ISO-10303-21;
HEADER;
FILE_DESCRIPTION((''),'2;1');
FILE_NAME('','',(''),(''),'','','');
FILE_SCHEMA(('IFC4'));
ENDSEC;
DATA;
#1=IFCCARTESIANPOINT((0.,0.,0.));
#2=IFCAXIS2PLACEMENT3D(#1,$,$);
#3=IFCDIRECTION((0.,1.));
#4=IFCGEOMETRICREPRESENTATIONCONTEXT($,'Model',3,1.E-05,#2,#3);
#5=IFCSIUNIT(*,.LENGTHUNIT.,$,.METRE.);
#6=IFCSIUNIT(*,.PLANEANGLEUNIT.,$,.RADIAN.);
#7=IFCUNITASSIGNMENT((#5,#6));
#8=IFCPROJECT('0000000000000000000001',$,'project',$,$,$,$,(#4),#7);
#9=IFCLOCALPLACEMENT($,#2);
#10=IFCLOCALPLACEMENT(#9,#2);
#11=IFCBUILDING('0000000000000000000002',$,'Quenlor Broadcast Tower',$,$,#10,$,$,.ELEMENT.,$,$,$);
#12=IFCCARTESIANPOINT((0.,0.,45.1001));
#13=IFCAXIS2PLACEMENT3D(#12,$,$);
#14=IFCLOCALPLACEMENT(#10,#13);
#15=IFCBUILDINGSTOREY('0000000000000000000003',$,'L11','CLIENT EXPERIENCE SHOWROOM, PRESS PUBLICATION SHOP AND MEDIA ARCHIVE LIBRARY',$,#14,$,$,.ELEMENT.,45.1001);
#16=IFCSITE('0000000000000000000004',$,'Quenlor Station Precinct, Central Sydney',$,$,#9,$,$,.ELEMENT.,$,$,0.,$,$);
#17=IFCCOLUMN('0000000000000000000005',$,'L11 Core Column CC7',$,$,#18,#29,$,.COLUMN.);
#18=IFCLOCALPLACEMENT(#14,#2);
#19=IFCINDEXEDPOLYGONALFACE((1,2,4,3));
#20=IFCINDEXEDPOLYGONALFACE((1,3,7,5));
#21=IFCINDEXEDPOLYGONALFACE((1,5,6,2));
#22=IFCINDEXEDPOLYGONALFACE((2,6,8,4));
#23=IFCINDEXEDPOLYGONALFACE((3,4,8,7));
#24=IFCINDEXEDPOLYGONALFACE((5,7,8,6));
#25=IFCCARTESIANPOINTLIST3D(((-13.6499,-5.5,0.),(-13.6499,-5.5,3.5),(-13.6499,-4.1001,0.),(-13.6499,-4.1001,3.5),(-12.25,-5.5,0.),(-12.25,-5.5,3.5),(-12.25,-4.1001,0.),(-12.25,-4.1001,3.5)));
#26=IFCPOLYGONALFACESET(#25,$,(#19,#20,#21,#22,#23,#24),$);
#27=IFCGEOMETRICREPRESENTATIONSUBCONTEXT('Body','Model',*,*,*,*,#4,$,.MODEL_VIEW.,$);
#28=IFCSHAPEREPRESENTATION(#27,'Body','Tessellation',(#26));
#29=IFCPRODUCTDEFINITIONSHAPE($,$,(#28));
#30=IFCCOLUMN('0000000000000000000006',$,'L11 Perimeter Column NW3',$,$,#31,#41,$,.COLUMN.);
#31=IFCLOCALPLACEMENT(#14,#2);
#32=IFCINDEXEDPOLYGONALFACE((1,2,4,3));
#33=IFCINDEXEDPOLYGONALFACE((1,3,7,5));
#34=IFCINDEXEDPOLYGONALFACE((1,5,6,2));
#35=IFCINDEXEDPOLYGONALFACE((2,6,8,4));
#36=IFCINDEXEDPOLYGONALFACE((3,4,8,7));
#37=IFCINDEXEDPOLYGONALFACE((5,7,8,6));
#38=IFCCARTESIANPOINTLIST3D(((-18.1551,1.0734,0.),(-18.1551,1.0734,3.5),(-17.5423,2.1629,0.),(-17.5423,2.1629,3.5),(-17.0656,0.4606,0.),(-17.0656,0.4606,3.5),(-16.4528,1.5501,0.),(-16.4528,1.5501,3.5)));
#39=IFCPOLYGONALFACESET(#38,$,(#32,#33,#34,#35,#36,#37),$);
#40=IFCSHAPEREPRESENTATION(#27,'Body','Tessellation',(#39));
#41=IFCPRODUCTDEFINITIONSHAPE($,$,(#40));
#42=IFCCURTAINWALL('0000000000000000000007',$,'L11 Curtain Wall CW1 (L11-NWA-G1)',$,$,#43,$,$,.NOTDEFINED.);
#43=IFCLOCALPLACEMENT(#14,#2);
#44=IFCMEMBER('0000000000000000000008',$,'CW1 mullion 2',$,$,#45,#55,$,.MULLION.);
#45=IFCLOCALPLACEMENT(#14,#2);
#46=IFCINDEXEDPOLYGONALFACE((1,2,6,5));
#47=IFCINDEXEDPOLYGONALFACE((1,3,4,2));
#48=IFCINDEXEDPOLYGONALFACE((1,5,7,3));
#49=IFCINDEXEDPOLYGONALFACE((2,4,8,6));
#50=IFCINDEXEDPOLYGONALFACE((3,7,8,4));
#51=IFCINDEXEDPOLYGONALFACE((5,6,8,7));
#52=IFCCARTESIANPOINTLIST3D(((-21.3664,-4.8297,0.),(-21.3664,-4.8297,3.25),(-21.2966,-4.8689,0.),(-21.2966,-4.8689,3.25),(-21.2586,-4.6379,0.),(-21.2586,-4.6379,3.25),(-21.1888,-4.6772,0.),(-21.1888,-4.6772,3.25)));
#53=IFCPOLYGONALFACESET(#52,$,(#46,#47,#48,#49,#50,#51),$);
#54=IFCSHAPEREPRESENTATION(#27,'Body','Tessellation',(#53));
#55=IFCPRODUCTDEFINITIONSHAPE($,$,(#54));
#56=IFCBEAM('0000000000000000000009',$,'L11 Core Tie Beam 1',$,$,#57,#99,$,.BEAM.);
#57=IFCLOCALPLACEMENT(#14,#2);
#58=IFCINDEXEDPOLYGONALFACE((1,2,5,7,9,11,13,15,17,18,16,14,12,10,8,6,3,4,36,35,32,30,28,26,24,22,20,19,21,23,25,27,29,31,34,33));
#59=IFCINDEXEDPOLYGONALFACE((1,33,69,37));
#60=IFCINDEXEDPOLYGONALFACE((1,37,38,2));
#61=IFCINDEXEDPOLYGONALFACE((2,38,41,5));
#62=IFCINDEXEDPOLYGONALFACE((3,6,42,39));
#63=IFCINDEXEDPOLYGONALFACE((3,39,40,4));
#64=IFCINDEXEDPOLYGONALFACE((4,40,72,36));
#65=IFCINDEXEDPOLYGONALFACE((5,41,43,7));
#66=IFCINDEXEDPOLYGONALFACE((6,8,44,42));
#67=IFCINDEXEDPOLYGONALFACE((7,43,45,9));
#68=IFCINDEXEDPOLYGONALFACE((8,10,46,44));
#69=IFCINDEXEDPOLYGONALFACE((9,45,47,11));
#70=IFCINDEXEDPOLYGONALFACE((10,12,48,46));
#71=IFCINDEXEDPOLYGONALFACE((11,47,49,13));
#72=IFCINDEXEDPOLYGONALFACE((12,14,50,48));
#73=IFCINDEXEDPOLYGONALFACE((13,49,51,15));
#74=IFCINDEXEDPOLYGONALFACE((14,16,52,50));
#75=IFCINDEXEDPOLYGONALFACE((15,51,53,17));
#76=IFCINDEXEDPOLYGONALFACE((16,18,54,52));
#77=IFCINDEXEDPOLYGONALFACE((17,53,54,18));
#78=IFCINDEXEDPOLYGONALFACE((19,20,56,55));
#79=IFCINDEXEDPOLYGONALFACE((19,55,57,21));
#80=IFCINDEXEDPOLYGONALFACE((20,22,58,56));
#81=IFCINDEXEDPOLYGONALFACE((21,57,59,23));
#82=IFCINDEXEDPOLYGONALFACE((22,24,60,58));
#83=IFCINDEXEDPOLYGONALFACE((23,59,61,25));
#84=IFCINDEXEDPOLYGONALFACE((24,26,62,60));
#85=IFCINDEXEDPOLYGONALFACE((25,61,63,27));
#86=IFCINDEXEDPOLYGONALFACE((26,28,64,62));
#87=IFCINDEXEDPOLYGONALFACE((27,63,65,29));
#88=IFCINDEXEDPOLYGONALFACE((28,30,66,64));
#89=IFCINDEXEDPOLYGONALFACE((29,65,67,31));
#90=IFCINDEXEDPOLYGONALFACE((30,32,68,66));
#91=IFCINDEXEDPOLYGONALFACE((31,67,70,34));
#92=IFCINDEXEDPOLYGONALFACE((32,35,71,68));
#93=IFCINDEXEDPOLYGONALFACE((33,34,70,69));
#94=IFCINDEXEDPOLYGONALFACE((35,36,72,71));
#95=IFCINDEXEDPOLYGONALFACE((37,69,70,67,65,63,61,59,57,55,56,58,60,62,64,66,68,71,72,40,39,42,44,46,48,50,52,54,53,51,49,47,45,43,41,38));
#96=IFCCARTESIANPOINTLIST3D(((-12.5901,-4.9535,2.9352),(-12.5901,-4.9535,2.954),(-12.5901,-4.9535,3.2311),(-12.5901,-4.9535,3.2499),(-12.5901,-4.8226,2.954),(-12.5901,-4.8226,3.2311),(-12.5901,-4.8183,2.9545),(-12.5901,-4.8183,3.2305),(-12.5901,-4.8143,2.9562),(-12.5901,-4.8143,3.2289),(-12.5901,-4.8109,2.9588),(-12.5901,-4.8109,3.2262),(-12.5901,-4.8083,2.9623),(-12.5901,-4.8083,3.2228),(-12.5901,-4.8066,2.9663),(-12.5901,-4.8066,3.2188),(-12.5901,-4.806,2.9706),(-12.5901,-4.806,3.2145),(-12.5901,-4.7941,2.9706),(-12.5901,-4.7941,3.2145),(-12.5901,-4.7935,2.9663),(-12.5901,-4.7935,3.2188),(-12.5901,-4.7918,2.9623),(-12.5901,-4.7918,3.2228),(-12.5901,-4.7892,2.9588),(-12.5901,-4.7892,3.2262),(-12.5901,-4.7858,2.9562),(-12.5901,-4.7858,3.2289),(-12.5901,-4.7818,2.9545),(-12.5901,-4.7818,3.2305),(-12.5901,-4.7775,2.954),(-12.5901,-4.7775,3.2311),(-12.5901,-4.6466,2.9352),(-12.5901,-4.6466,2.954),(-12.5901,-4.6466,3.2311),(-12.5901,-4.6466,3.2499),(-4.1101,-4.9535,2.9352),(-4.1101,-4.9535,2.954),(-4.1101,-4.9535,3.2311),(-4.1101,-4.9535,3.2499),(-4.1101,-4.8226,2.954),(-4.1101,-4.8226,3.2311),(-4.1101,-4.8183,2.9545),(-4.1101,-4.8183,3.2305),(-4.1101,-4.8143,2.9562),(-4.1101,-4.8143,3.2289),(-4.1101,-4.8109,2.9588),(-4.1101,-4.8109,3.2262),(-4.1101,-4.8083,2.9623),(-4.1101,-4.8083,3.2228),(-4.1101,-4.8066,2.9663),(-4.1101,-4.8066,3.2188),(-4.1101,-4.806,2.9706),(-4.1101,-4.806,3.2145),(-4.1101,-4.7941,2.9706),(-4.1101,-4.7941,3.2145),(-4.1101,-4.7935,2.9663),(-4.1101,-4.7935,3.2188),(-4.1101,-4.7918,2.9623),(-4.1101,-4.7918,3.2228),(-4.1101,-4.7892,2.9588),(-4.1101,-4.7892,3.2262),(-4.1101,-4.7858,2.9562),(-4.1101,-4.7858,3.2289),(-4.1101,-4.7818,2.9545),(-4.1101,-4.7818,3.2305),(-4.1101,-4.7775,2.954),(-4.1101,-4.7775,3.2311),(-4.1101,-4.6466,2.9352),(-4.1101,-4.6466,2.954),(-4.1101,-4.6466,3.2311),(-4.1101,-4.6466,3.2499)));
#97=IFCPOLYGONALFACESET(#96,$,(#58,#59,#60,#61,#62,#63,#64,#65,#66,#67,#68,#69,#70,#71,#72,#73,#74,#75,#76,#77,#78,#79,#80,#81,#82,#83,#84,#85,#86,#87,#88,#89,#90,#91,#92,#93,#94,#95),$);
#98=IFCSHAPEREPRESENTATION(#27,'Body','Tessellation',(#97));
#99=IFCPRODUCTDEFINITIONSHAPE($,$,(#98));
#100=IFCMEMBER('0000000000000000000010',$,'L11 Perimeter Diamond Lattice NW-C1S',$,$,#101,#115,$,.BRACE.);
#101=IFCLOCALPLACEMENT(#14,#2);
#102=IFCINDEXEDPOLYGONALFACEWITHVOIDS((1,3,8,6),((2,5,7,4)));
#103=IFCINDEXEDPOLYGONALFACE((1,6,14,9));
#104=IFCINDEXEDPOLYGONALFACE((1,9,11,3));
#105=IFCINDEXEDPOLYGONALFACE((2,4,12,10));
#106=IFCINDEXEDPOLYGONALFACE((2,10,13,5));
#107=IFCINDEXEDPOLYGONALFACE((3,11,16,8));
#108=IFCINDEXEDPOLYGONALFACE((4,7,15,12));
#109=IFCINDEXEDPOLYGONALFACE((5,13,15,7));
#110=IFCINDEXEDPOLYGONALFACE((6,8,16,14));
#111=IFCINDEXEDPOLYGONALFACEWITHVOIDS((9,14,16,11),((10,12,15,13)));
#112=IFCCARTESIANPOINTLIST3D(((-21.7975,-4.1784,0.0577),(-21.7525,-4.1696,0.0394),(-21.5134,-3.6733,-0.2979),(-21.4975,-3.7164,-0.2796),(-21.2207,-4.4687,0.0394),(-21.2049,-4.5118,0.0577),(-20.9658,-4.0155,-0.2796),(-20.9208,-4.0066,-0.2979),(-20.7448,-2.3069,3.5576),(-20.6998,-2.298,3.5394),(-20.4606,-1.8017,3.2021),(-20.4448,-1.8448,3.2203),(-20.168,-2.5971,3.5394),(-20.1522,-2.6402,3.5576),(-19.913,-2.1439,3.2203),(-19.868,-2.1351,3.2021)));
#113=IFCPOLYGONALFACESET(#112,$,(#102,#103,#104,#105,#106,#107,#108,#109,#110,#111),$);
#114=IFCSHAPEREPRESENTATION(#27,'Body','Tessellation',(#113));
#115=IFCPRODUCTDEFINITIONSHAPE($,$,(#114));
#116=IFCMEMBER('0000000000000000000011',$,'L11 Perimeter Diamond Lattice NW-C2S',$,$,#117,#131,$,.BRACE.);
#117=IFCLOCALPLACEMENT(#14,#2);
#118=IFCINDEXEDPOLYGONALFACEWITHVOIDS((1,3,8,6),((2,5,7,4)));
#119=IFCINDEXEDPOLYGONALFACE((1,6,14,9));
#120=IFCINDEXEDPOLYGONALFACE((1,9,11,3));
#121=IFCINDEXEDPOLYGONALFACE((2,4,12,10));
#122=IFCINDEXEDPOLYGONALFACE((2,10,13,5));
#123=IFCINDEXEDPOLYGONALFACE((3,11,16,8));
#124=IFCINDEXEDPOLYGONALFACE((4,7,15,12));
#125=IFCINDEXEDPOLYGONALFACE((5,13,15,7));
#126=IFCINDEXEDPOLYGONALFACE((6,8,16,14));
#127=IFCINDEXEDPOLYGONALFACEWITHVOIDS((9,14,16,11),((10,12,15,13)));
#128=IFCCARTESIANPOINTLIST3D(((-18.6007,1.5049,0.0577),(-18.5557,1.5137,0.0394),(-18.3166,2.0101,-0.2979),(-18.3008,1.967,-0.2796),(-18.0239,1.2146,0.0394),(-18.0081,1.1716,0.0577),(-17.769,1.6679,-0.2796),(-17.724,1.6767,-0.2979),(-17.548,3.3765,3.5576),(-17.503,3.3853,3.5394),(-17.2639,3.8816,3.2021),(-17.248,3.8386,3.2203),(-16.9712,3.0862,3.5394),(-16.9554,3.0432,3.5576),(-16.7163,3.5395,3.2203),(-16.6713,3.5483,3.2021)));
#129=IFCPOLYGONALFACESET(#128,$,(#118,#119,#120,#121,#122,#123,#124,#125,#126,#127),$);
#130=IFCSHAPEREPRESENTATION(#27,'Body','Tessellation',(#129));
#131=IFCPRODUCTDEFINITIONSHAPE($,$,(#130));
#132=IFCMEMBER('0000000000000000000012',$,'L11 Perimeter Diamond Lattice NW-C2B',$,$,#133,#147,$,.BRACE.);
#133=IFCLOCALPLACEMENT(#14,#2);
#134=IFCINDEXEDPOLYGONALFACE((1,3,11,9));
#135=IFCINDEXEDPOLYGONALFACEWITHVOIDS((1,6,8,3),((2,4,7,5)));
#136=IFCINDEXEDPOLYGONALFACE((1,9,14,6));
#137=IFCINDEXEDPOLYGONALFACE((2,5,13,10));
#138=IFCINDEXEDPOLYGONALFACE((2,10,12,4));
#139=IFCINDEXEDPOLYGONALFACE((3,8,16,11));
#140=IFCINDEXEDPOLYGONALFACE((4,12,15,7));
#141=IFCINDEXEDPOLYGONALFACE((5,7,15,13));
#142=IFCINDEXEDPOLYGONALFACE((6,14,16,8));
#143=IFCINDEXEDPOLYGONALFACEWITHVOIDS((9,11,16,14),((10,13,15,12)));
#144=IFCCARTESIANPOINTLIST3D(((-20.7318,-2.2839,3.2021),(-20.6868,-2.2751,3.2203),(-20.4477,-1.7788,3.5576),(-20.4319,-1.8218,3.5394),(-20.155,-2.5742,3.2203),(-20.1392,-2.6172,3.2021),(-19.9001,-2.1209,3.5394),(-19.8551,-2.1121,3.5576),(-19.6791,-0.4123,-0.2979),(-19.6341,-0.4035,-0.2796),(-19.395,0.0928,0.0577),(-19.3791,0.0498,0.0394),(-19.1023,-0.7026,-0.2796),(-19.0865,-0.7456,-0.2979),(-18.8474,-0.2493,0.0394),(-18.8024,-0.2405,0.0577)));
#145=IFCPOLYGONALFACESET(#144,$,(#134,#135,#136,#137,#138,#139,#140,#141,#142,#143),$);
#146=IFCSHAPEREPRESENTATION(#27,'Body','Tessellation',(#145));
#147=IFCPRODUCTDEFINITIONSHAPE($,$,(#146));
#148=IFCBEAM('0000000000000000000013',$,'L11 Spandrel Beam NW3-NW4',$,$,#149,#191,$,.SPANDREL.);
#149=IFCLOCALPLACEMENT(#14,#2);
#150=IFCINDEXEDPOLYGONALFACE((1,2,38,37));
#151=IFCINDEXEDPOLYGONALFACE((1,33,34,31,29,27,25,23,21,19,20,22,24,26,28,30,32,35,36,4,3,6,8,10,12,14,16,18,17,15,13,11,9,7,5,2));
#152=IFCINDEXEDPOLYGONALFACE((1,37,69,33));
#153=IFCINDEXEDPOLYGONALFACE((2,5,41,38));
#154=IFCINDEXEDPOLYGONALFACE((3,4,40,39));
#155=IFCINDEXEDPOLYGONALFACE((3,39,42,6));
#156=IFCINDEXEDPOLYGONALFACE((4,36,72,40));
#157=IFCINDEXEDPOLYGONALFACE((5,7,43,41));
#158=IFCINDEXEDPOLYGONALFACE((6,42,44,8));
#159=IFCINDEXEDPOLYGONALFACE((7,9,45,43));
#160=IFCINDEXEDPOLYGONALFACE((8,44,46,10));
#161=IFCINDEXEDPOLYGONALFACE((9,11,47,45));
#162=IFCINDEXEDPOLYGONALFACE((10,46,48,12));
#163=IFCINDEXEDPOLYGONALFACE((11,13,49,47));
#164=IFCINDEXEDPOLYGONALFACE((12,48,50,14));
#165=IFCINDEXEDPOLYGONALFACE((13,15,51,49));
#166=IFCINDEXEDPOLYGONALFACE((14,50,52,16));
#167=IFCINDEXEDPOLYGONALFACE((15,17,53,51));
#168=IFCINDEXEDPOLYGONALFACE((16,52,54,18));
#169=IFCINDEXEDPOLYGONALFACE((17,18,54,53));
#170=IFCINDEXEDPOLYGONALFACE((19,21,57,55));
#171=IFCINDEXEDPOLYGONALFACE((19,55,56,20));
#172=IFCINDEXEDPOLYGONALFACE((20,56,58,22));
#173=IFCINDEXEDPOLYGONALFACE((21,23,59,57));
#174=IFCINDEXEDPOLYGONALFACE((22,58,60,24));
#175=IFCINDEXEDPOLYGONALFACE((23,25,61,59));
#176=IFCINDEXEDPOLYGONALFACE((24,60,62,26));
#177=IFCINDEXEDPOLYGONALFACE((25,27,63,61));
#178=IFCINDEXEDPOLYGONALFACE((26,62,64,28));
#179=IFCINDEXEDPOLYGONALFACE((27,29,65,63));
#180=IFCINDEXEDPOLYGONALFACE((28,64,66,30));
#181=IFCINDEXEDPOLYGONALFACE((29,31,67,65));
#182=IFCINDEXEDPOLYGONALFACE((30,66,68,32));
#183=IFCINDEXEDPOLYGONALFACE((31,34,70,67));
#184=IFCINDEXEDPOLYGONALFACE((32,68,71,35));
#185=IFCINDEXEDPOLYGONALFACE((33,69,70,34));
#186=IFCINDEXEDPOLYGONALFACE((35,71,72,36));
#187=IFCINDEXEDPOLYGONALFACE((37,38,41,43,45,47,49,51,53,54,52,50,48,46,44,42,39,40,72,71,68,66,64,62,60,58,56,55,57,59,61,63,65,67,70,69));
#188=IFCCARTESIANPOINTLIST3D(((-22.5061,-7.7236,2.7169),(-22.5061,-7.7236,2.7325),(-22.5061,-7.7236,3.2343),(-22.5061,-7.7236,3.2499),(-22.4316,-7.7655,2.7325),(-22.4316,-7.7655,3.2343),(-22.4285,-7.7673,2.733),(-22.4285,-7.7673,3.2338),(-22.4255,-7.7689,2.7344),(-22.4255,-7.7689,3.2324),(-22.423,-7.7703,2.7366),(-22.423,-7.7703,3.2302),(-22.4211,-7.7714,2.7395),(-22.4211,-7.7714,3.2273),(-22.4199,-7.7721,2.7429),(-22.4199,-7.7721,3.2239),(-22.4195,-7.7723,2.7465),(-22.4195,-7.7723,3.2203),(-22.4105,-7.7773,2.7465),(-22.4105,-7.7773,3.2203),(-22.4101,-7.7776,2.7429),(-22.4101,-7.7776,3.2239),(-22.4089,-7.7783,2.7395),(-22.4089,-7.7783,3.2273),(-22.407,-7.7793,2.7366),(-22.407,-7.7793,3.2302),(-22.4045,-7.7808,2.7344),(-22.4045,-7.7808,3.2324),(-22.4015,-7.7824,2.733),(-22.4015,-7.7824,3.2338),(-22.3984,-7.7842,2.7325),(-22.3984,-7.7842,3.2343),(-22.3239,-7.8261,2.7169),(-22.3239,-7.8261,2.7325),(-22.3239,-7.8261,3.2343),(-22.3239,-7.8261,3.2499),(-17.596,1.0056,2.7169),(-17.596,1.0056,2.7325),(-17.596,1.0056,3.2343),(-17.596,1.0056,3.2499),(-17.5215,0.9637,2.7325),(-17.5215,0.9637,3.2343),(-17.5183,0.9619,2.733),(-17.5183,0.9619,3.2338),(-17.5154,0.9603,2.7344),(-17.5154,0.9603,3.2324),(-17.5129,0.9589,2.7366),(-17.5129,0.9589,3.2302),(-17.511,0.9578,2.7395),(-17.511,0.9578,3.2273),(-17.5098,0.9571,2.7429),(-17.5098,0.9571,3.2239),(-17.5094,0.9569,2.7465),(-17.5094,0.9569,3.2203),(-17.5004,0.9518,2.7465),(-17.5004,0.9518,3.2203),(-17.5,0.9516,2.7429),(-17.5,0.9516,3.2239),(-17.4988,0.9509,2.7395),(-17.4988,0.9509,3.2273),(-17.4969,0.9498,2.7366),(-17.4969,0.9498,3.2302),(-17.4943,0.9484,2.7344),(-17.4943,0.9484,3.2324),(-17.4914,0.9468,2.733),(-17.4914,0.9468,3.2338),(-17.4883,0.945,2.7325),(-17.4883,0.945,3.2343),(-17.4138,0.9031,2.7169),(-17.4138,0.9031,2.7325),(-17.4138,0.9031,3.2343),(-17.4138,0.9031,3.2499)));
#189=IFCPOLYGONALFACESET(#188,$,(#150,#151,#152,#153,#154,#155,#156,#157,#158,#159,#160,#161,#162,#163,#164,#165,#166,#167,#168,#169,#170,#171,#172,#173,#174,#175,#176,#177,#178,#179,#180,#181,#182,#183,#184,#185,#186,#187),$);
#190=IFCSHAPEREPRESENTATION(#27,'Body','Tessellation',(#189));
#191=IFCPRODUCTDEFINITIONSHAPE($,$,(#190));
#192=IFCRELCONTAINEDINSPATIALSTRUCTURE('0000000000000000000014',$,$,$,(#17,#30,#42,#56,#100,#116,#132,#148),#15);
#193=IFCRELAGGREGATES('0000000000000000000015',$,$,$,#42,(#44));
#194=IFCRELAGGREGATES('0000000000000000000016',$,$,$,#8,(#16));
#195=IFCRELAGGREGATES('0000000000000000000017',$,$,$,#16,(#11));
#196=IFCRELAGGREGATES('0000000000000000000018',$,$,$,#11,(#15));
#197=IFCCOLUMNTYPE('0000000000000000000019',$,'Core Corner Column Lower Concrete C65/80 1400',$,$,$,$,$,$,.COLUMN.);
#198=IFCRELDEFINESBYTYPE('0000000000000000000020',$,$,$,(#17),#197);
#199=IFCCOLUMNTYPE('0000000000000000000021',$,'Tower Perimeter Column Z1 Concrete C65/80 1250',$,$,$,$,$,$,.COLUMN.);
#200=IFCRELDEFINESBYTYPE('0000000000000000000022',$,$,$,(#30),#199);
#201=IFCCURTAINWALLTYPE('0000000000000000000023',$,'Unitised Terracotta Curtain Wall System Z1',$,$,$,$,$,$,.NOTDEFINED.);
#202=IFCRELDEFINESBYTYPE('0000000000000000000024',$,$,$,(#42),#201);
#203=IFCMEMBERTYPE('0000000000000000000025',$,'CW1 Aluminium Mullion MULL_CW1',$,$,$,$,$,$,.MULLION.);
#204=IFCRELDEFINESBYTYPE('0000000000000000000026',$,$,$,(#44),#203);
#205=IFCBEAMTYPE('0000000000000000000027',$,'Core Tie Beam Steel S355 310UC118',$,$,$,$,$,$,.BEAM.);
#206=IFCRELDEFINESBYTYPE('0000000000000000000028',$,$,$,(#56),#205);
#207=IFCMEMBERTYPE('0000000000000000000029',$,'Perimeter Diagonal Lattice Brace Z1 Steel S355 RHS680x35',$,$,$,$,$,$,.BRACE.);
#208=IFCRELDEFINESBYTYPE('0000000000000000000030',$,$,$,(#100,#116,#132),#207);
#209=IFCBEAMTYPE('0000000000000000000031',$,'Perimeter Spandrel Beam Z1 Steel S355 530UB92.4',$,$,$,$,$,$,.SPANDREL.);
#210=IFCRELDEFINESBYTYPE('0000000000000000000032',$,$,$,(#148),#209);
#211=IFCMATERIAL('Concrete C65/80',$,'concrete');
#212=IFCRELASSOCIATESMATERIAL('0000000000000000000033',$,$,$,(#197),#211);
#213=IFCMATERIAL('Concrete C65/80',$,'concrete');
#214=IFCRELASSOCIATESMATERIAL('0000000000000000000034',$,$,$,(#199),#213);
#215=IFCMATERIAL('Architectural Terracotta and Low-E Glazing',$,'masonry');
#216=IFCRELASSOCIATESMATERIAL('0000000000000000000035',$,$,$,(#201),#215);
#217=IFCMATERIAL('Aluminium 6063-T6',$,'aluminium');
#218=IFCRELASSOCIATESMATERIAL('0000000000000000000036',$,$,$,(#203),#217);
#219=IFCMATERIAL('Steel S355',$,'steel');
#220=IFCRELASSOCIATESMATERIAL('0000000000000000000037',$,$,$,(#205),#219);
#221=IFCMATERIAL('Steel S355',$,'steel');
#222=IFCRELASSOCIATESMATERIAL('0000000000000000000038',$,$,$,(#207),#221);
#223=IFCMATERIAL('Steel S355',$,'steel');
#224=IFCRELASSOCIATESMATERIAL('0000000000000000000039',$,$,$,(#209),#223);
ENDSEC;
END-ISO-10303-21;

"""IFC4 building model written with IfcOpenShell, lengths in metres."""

from ifc_helpers import new_model, si_unit, direction, frame, origin, origin_2d, place, context, subcontext, project, spatial, rectangle, hollow_rectangle, i_section, extrude, material, material_profile, profile_set, type_object, element, aggregate, save


model = new_model("IFC4")

# Units and contexts
model_context = context("Model", 3, precision=1e-05, world=origin(), true_north=direction((0.0, 1.0)))
body_context = subcontext(model_context, "Body", "Model", "MODEL_VIEW")
ifc_project = project(units=[si_unit("LENGTHUNIT", "METRE"), si_unit("PLANEANGLEUNIT", "RADIAN")], contexts=[model_context])

# Site, building, storey
site_placement = place(None, origin())
site = spatial("IfcSite", under=ifc_project, at=site_placement, Name="Quenlor Station Precinct, Central Sydney", CompositionType="ELEMENT", RefElevation=0.0)
building_placement = place(site_placement, origin())
building = spatial("IfcBuilding", under=site, at=building_placement, Name="Quenlor Broadcast Tower", CompositionType="ELEMENT")
storey_placement = place(building_placement, frame((0.0, 0.0, 45.1001)))
storey = spatial("IfcBuildingStorey", under=building, at=storey_placement, Name="L11", Description="CLIENT EXPERIENCE SHOWROOM, PRESS PUBLICATION SHOP AND MEDIA ARCHIVE LIBRARY", CompositionType="ELEMENT", Elevation=45.1001)

# Columns
ifc_material_1 = material(Name="Concrete C65/80", Category="concrete")
ifc_material_profile_1 = material_profile(ifc_material_1, rectangle(XDim=1.3999, YDim=1.3999, at=origin_2d()))
ifc_profile_set_1 = profile_set([ifc_material_profile_1], Name="Concrete C65/80 RC1400x1400")
column_type_1 = type_object("IfcColumnType", Name="Core Corner Column Lower Concrete C65/80 1400", PredefinedType="COLUMN", material=ifc_profile_set_1)
column_1_placement = place(storey_placement, frame((-12.95, -4.8, 0.0), z_axis=(0.0, 0.0, 1.0), x_axis=(1.0, 0.0, 0.0)))
element("IfcColumn", 1, at=column_1_placement, inside=storey, type_object=column_type_1, Name="L11 Core Column CC7", PredefinedType="COLUMN", context=body_context, shape_type="SweptSolid", body=[
    extrude(rectangle(XDim=1.3999, YDim=1.3999, at=origin_2d()), origin(), (0.0, 0.0, 1.0), 3.5),
])
ifc_material_2 = material(Name="Concrete C65/80", Category="concrete")
ifc_material_profile_2 = material_profile(ifc_material_2, rectangle(XDim=1.25, YDim=1.25, at=origin_2d()))
ifc_profile_set_2 = profile_set([ifc_material_profile_2], Name="Concrete C65/80 RC1250x1250")
column_type_2 = type_object("IfcColumnType", Name="Tower Perimeter Column Z1 Concrete C65/80 1250", PredefinedType="COLUMN", material=ifc_profile_set_2)
column_2_placement = place(storey_placement, frame((-17.304, 1.3118, 0.0), z_axis=(0.0, 0.0, 1.0), x_axis=(-0.871575, 0.490262, 0.0)))
element("IfcColumn", 2, at=column_2_placement, inside=storey, type_object=column_type_2, Name="L11 Perimeter Column NW3", PredefinedType="COLUMN", context=body_context, shape_type="SweptSolid", body=[
    extrude(rectangle(XDim=1.25, YDim=1.25, at=origin_2d()), origin(), (0.0, 0.0, 1.0), 3.5),
])

# Curtain wall, member
ifc_material_3 = material(Name="Architectural Terracotta and Low-E Glazing", Category="masonry")
curtain_wall_type = type_object("IfcCurtainWallType", Name="Unitised Terracotta Curtain Wall System Z1", PredefinedType="NOTDEFINED", material=ifc_material_3)
curtain_wall_placement = place(storey_placement, origin())
curtain_wall = element("IfcCurtainWall", 3, at=curtain_wall_placement, inside=storey, type_object=curtain_wall_type, Name="L11 Curtain Wall CW1 (L11-NWA-G1)", PredefinedType="NOTDEFINED")
ifc_material_4 = material(Name="Aluminium 6063-T6", Category="aluminium")
ifc_material_profile_3 = material_profile(ifc_material_4, rectangle(XDim=0.0801, YDim=0.22, at=origin_2d()))
ifc_profile_set_3 = profile_set([ifc_material_profile_3], Name="Aluminium 6063-T6 MULL80x220")
member_type_1 = type_object("IfcMemberType", Name="CW1 Aluminium Mullion MULL_CW1", PredefinedType="MULLION", material=ifc_profile_set_3)
member_placement = place(storey_placement, frame((-21.2776, -4.7534, 0.0), z_axis=(0.0, 0.0, 1.0), x_axis=(-0.871602, 0.490214, 0.0)))
member = element("IfcMember", 4, at=member_placement, type_object=member_type_1, Name="CW1 mullion 2", PredefinedType="MULLION", context=body_context, shape_type="SweptSolid", body=[
    extrude(rectangle(XDim=0.0801, YDim=0.22, at=origin_2d()), origin(), (0.0, 0.0, 1.0), 3.25),
])
aggregate(curtain_wall, [member])

# Beam
ifc_material_5 = material(Name="Steel S355", Category="steel")
ifc_material_profile_4 = material_profile(ifc_material_5, i_section(OverallWidth=0.3069, OverallDepth=0.3147, WebThickness=0.012, FlangeThickness=0.0188, FilletRadius=0.0166, at=origin_2d()))
ifc_profile_set_4 = profile_set([ifc_material_profile_4], Name="Steel S355 310UC118")
beam_type_1 = type_object("IfcBeamType", Name="Core Tie Beam Steel S355 310UC118", PredefinedType="BEAM", material=ifc_profile_set_4)
beam_1_placement = place(storey_placement, frame((-12.5901, -4.8, 3.0925), z_axis=(1.0, 0.0, 0.0), x_axis=(0.0, 1.0, 0.0)))
element("IfcBeam", 5, at=beam_1_placement, inside=storey, type_object=beam_type_1, Name="L11 Core Tie Beam 1", PredefinedType="BEAM", context=body_context, shape_type="SweptSolid", body=[
    extrude(i_section(OverallWidth=0.3069, OverallDepth=0.3147, WebThickness=0.012, FlangeThickness=0.0188, FilletRadius=0.0166, at=origin_2d()), origin(), (0.0, 0.0, 1.0), 8.48),
])

# Members
ifc_material_6 = material(Name="Steel S355", Category="steel")
ifc_material_profile_5 = material_profile(ifc_material_6, hollow_rectangle(XDim=0.6799, YDim=0.6799, WallThickness=0.0349, at=origin_2d()))
ifc_profile_set_5 = profile_set([ifc_material_profile_5], Name="Steel S355 RHS680x680x35")
member_type_2 = type_object("IfcMemberType", Name="Perimeter Diagonal Lattice Brace Z1 Steel S355 RHS680x35", PredefinedType="BRACE", material=ifc_profile_set_5)
for number, where, z_axis, x_axis, name in (
    (6, (-21.3591, -4.0925, -0.1201), (0.256375, 0.455792, 0.852365), (-0.871582, 0.49025, 0.0), "L11 Perimeter Diamond Lattice NW-C1S"),
    (7, (-18.1624, 1.5908, -0.1201), (0.256375, 0.455792, 0.852365), (-0.871582, 0.49025, 0.0), "L11 Perimeter Diamond Lattice NW-C2S"),
    (8, (-19.2407, -0.3264, -0.1201), (-0.256375, -0.455792, 0.852365), (0.871582, -0.49025, 0.0), "L11 Perimeter Diamond Lattice NW-C2B"),
):
    element("IfcMember", number, at=place(storey_placement, frame(where, z_axis=z_axis, x_axis=x_axis)), inside=storey, type_object=member_type_2, Name=name, PredefinedType="BRACE", context=body_context, shape_type="SweptSolid", body=[
        extrude(hollow_rectangle(XDim=0.6799, YDim=0.6799, WallThickness=0.0349, at=origin_2d()), origin(), (0.0, 0.0, 1.0), 4.1062),
    ])

# Beam
ifc_material_7 = material(Name="Steel S355", Category="steel")
ifc_material_profile_6 = material_profile(ifc_material_7, i_section(OverallWidth=0.209, OverallDepth=0.533, WebThickness=0.0103, FlangeThickness=0.0156, FilletRadius=0.0139, at=origin_2d()))
ifc_profile_set_6 = profile_set([ifc_material_profile_6], Name="Steel S355 530UB92.4")
beam_type_2 = type_object("IfcBeamType", Name="Perimeter Spandrel Beam Z1 Steel S355 530UB92.4", PredefinedType="SPANDREL", material=ifc_profile_set_6)
beam_2_placement = place(storey_placement, frame((-17.5049, 0.9543, 2.9834), z_axis=(-0.490258, -0.871577, 0.0), x_axis=(0.871577, -0.490258, 0.0)))
element("IfcBeam", 9, at=beam_2_placement, inside=storey, type_object=beam_type_2, Name="L11 Spandrel Beam NW3-NW4", PredefinedType="SPANDREL", context=body_context, shape_type="SweptSolid", body=[
    extrude(i_section(OverallWidth=0.209, OverallDepth=0.533, WebThickness=0.0103, FlangeThickness=0.0156, FilletRadius=0.0139, at=origin_2d()), origin(), (0.0, 0.0, 1.0), 10.0154),
])

save(model, "model.ifc")
